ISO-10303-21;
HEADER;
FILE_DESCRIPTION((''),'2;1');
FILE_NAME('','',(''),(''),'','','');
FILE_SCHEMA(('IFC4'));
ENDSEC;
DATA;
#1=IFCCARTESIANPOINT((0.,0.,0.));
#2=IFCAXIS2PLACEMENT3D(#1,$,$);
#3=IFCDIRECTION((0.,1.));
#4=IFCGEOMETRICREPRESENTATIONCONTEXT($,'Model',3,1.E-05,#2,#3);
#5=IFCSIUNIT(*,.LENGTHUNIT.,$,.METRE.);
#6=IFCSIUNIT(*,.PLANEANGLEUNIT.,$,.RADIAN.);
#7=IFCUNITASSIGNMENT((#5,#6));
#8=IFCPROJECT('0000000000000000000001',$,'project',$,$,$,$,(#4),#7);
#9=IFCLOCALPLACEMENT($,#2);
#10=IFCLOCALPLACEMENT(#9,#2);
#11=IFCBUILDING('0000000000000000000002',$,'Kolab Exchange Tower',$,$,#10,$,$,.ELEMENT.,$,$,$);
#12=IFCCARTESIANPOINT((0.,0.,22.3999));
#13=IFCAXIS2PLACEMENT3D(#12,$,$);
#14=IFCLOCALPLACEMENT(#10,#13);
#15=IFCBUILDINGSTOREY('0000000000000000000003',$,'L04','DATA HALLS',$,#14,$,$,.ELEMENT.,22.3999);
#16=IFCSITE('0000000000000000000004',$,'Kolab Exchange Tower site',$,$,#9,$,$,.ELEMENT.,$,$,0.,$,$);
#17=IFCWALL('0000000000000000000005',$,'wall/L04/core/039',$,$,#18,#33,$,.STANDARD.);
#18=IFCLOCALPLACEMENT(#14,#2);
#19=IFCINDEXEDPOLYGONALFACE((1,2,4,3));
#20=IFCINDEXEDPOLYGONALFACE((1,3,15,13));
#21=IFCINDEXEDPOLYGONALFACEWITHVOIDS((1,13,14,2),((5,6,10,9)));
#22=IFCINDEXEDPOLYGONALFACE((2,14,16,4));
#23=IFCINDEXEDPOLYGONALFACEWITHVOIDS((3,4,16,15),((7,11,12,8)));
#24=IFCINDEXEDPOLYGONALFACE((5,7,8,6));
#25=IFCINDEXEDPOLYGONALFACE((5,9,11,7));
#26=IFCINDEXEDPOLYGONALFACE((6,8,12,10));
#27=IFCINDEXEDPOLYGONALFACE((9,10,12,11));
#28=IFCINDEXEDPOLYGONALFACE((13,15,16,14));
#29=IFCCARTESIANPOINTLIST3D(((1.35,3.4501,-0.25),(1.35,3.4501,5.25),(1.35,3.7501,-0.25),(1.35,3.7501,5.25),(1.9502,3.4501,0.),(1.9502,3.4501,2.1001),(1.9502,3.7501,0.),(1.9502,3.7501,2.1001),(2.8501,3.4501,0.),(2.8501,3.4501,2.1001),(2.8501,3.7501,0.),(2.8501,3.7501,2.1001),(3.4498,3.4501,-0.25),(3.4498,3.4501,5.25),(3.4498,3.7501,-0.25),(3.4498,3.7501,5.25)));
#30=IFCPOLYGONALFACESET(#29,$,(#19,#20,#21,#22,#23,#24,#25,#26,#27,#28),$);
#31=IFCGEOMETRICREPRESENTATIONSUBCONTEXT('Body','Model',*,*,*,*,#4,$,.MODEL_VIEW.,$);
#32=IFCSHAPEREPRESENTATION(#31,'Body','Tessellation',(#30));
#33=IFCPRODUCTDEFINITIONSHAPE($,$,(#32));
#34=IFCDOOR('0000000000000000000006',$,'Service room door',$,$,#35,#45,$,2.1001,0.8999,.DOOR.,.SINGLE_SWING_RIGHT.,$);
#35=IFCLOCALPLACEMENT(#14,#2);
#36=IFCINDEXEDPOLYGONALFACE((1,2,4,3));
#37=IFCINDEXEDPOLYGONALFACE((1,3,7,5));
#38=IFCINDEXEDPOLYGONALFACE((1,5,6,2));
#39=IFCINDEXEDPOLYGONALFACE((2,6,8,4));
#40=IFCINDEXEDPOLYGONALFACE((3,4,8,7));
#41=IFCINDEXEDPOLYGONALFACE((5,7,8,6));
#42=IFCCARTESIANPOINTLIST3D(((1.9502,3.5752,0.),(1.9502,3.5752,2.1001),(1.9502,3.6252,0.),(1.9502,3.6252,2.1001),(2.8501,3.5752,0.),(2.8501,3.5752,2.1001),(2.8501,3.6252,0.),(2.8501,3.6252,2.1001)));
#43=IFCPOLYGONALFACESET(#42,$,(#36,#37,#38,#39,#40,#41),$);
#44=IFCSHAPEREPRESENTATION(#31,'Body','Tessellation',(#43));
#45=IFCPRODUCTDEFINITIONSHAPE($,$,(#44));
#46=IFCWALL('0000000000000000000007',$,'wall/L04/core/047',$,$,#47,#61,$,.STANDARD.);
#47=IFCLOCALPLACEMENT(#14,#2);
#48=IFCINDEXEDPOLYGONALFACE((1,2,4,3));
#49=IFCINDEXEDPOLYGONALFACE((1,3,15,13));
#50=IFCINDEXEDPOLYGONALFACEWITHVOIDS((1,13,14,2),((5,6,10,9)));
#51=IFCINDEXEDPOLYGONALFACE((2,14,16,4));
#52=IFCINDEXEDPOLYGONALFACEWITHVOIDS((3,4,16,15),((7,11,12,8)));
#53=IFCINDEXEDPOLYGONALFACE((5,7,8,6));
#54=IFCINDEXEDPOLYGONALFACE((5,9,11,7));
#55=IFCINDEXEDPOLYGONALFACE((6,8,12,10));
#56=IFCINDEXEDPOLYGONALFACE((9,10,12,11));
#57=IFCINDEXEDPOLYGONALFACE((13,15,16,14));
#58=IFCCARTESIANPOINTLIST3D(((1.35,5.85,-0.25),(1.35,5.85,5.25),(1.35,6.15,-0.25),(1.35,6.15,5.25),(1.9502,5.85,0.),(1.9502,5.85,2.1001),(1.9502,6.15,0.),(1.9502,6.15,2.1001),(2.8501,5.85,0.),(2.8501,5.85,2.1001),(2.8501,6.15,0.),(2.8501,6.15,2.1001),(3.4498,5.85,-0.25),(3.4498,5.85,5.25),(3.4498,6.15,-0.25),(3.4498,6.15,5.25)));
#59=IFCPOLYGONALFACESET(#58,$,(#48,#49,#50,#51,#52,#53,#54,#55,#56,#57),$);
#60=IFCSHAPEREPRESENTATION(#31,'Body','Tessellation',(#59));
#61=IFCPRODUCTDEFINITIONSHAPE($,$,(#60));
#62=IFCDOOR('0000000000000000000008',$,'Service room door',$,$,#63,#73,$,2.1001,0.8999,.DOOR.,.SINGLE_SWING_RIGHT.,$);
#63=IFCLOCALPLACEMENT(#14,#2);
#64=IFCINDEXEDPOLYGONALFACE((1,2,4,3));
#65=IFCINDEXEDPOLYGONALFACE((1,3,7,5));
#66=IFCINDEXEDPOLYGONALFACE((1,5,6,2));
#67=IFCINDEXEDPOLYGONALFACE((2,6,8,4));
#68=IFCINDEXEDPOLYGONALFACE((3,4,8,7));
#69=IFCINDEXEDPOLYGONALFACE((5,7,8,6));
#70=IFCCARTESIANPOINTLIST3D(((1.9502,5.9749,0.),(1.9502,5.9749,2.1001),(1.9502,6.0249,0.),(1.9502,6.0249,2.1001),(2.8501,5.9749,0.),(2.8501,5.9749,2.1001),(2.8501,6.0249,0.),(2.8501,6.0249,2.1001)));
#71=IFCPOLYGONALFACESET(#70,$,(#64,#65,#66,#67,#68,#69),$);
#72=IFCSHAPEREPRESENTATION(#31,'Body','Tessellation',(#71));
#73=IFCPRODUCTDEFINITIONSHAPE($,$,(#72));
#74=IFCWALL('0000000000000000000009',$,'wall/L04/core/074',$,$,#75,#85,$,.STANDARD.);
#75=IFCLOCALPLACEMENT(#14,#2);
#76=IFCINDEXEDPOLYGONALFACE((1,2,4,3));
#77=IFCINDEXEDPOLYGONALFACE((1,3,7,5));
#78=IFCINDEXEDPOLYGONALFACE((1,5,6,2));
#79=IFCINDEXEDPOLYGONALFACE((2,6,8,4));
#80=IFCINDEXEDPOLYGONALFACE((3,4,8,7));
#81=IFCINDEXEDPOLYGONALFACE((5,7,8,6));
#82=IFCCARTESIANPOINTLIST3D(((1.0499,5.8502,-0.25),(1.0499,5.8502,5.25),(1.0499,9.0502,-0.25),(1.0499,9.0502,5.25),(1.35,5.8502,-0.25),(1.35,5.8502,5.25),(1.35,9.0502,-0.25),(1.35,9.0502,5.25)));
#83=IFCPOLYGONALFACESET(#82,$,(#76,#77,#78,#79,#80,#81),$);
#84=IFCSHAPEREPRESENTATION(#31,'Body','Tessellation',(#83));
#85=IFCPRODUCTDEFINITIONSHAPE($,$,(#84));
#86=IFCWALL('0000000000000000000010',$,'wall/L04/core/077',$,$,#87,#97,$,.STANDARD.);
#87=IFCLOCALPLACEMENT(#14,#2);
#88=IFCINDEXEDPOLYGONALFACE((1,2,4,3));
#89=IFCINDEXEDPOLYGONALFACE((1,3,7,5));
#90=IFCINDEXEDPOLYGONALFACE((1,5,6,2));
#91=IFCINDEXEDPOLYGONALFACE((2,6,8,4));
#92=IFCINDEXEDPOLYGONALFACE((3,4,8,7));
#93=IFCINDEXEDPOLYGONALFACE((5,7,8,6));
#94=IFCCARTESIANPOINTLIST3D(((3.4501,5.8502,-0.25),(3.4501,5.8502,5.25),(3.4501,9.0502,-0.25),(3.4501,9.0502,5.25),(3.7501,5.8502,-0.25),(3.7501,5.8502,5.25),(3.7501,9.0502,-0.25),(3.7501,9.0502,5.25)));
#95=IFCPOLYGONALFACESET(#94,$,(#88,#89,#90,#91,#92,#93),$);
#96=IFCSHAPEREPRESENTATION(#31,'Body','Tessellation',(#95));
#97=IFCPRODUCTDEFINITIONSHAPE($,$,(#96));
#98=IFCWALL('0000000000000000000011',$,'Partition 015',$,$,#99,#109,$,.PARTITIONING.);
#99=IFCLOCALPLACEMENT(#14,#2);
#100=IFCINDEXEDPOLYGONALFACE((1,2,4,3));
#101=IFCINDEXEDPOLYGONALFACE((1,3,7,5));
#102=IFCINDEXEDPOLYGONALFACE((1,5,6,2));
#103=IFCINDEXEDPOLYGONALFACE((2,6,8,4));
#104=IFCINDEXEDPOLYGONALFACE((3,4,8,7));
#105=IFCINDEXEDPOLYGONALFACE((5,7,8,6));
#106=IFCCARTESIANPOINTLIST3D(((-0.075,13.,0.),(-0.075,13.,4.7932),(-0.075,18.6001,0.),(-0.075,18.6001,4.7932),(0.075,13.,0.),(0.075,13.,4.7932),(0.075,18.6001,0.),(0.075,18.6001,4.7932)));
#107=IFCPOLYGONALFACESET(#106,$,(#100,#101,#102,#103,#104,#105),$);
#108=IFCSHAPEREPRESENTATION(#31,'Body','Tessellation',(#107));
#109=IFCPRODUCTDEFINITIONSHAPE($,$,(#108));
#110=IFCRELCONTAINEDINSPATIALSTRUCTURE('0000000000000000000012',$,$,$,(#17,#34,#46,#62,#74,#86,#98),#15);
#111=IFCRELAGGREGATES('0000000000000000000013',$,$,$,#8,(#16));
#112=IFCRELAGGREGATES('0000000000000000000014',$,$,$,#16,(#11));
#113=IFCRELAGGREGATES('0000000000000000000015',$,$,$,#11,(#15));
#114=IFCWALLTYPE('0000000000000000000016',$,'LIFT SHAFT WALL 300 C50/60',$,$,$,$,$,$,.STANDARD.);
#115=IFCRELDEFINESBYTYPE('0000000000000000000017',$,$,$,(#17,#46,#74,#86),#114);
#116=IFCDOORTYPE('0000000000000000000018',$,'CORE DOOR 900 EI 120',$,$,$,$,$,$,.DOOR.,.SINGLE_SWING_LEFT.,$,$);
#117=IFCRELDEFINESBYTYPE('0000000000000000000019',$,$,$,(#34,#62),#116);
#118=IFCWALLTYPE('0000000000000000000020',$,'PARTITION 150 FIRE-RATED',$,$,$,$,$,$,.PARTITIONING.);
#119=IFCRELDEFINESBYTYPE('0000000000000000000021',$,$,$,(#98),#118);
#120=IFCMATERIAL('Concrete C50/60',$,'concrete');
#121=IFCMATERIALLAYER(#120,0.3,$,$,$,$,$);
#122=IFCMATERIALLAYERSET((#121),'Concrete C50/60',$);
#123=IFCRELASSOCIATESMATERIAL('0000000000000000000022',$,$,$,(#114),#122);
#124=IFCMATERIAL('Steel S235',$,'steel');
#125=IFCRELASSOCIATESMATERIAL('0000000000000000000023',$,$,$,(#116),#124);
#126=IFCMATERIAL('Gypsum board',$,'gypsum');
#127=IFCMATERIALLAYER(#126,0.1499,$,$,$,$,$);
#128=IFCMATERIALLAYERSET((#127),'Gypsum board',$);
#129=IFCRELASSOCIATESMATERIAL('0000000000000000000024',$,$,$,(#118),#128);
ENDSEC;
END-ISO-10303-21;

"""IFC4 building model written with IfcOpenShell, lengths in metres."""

from ifc_helpers import new_model, si_unit, direction, frame, frame_2d, origin, place, context, subcontext, project, spatial, rectangle, extrude, material, layer, layer_set, type_object, element, fill, save


model = new_model("IFC4")

# Units and contexts
model_context = context("Model", 3, precision=1e-05, world=origin(), true_north=direction((0.0, 1.0)))
body_context = subcontext(model_context, "Body", "Model", "MODEL_VIEW")
ifc_project = project(units=[si_unit("LENGTHUNIT", "METRE"), si_unit("PLANEANGLEUNIT", "RADIAN")], contexts=[model_context])

# Site, building, storey
site_placement = place(None, origin())
site = spatial("IfcSite", under=ifc_project, at=site_placement, Name="Kolab Exchange Tower site", CompositionType="ELEMENT", RefElevation=0.0)
building_placement = place(site_placement, origin())
building = spatial("IfcBuilding", under=site, at=building_placement, Name="Kolab Exchange Tower", CompositionType="ELEMENT")
storey_placement = place(building_placement, frame((0.0, 0.0, 22.3999)))
storey = spatial("IfcBuildingStorey", under=building, at=storey_placement, Name="L04", Description="DATA HALLS", CompositionType="ELEMENT", Elevation=22.3999)

# Shared definitions
ifc_material_1 = material(Name="Concrete C50/60", Category="concrete")

# Shared definitions
ifc_layer_1 = layer(ifc_material_1, 0.3)
ifc_layer_set_1 = layer_set([ifc_layer_1], Name="Concrete C50/60")
wall_type_1 = type_object("IfcWallType", Name="LIFT SHAFT WALL 300 C50/60", PredefinedType="STANDARD", material=ifc_layer_set_1)

# Walls, openings, doors
wall_1_placement = place(storey_placement, frame((1.3501, 3.6001, -0.25), z_axis=(0.0, 0.0, 1.0), x_axis=(1.0, 0.0, 0.0)))
wall_1 = element("IfcWall", 1, at=wall_1_placement, inside=storey, type_object=wall_type_1, Name="wall/L04/core/039", PredefinedType="STANDARD", context=body_context, shape_type="SweptSolid", body=[
    extrude(rectangle(XDim=2.0999, YDim=0.3, at=frame_2d((1.0498, 0.0))), origin(), (0.0, 0.0, 1.0), 5.5),
])
opening_1_placement = place(wall_1_placement, frame((0.6001, 0.0, 0.25)))
opening_1 = element("IfcOpeningElement", 2, at=opening_1_placement, cuts=wall_1, PredefinedType="OPENING", context=body_context, shape_type="SweptSolid", body=[
    extrude(rectangle(XDim=0.8999, YDim=2.1001, at=frame_2d((0.45, 1.05))), frame((0.0, 0.1602, 0.0), z_axis=(0.0, -1.0, 0.0), x_axis=(1.0, 0.0, 0.0)), (0.0, 0.0, 1.0), 0.3201),
])
ifc_material_2 = material(Name="Steel S235", Category="steel")
door_type = type_object("IfcDoorType", Name="CORE DOOR 900 EI 120", OperationType="SINGLE_SWING_LEFT", PredefinedType="DOOR", material=ifc_material_2)
door_1_placement = place(opening_1_placement, frame((0.8999, 0.0, 0.0), z_axis=(0.0, 0.0, 1.0), x_axis=(-1.0, 0.0, 0.0)))
door_1 = element("IfcDoor", 3, at=door_1_placement, inside=storey, type_object=door_type, Name="Service room door", OperationType="SINGLE_SWING_RIGHT", OverallHeight=2.1001, OverallWidth=0.8999, PredefinedType="DOOR", context=body_context, shape_type="SweptSolid", body=[
    extrude(rectangle(XDim=0.8999, YDim=2.1001, at=frame_2d((0.45, 1.05))), frame((0.0, 0.0249, 0.0), z_axis=(0.0, -1.0, 0.0), x_axis=(1.0, 0.0, 0.0)), (0.0, 0.0, 1.0), 0.05),
])
fill(opening_1, door_1)
wall_2_placement = place(storey_placement, frame((1.3501, 6.0, -0.25), z_axis=(0.0, 0.0, 1.0), x_axis=(1.0, 0.0, 0.0)))
wall_2 = element("IfcWall", 4, at=wall_2_placement, inside=storey, type_object=wall_type_1, Name="wall/L04/core/047", PredefinedType="STANDARD", context=body_context, shape_type="SweptSolid", body=[
    extrude(rectangle(XDim=2.0999, YDim=0.3, at=frame_2d((1.0498, 0.0))), origin(), (0.0, 0.0, 1.0), 5.5),
])
opening_2_placement = place(wall_2_placement, frame((0.6001, 0.0, 0.25)))
opening_2 = element("IfcOpeningElement", 5, at=opening_2_placement, cuts=wall_2, PredefinedType="OPENING", context=body_context, shape_type="SweptSolid", body=[
    extrude(rectangle(XDim=0.8999, YDim=2.1001, at=frame_2d((0.45, 1.05))), frame((0.0, 0.1602, 0.0), z_axis=(0.0, -1.0, 0.0), x_axis=(1.0, 0.0, 0.0)), (0.0, 0.0, 1.0), 0.3201),
])
door_2_placement = place(opening_2_placement, origin())
door_2 = element("IfcDoor", 6, at=door_2_placement, inside=storey, type_object=door_type, Name="Service room door", OperationType="SINGLE_SWING_RIGHT", OverallHeight=2.1001, OverallWidth=0.8999, PredefinedType="DOOR", context=body_context, shape_type="SweptSolid", body=[
    extrude(rectangle(XDim=0.8999, YDim=2.1001, at=frame_2d((0.45, 1.05))), frame((0.0, 0.0249, 0.0), z_axis=(0.0, -1.0, 0.0), x_axis=(1.0, 0.0, 0.0)), (0.0, 0.0, 1.0), 0.05),
])
fill(opening_2, door_2)

# Walls
for number, where, z_axis, x_axis, name in (
    (7, (1.2, 5.8501, -0.25), (0.0, 0.0, 1.0), (0.0, 1.0, 0.0), "wall/L04/core/074"),
    (8, (3.6001, 5.8501, -0.25), (0.0, 0.0, 1.0), (0.0, 1.0, 0.0), "wall/L04/core/077"),
):
    element("IfcWall", number, at=place(storey_placement, frame(where, z_axis=z_axis, x_axis=x_axis)), inside=storey, type_object=wall_type_1, Name=name, PredefinedType="STANDARD", context=body_context, shape_type="SweptSolid", body=[
        extrude(rectangle(XDim=3.2, YDim=0.3, at=frame_2d((1.6001, 0.0))), origin(), (0.0, 0.0, 1.0), 5.5),
    ])
ifc_material_3 = material(Name="Gypsum board", Category="gypsum")
ifc_layer_2 = layer(ifc_material_3, 0.1499)
ifc_layer_set_2 = layer_set([ifc_layer_2], Name="Gypsum board")
wall_type_2 = type_object("IfcWallType", Name="PARTITION 150 FIRE-RATED", PredefinedType="PARTITIONING", material=ifc_layer_set_2)
wall_3_placement = place(storey_placement, frame((0.0, 13.0, 0.0), z_axis=(0.0, 0.0, 1.0), x_axis=(0.0, 1.0, 0.0)))
element("IfcWall", 9, at=wall_3_placement, inside=storey, type_object=wall_type_2, Name="Partition 015", PredefinedType="PARTITIONING", context=body_context, shape_type="SweptSolid", body=[
    extrude(rectangle(XDim=5.6001, YDim=0.1499, at=frame_2d((2.8, 0.0))), origin(), (0.0, 0.0, 1.0), 4.7932),
])

save(model, "model.ifc")
